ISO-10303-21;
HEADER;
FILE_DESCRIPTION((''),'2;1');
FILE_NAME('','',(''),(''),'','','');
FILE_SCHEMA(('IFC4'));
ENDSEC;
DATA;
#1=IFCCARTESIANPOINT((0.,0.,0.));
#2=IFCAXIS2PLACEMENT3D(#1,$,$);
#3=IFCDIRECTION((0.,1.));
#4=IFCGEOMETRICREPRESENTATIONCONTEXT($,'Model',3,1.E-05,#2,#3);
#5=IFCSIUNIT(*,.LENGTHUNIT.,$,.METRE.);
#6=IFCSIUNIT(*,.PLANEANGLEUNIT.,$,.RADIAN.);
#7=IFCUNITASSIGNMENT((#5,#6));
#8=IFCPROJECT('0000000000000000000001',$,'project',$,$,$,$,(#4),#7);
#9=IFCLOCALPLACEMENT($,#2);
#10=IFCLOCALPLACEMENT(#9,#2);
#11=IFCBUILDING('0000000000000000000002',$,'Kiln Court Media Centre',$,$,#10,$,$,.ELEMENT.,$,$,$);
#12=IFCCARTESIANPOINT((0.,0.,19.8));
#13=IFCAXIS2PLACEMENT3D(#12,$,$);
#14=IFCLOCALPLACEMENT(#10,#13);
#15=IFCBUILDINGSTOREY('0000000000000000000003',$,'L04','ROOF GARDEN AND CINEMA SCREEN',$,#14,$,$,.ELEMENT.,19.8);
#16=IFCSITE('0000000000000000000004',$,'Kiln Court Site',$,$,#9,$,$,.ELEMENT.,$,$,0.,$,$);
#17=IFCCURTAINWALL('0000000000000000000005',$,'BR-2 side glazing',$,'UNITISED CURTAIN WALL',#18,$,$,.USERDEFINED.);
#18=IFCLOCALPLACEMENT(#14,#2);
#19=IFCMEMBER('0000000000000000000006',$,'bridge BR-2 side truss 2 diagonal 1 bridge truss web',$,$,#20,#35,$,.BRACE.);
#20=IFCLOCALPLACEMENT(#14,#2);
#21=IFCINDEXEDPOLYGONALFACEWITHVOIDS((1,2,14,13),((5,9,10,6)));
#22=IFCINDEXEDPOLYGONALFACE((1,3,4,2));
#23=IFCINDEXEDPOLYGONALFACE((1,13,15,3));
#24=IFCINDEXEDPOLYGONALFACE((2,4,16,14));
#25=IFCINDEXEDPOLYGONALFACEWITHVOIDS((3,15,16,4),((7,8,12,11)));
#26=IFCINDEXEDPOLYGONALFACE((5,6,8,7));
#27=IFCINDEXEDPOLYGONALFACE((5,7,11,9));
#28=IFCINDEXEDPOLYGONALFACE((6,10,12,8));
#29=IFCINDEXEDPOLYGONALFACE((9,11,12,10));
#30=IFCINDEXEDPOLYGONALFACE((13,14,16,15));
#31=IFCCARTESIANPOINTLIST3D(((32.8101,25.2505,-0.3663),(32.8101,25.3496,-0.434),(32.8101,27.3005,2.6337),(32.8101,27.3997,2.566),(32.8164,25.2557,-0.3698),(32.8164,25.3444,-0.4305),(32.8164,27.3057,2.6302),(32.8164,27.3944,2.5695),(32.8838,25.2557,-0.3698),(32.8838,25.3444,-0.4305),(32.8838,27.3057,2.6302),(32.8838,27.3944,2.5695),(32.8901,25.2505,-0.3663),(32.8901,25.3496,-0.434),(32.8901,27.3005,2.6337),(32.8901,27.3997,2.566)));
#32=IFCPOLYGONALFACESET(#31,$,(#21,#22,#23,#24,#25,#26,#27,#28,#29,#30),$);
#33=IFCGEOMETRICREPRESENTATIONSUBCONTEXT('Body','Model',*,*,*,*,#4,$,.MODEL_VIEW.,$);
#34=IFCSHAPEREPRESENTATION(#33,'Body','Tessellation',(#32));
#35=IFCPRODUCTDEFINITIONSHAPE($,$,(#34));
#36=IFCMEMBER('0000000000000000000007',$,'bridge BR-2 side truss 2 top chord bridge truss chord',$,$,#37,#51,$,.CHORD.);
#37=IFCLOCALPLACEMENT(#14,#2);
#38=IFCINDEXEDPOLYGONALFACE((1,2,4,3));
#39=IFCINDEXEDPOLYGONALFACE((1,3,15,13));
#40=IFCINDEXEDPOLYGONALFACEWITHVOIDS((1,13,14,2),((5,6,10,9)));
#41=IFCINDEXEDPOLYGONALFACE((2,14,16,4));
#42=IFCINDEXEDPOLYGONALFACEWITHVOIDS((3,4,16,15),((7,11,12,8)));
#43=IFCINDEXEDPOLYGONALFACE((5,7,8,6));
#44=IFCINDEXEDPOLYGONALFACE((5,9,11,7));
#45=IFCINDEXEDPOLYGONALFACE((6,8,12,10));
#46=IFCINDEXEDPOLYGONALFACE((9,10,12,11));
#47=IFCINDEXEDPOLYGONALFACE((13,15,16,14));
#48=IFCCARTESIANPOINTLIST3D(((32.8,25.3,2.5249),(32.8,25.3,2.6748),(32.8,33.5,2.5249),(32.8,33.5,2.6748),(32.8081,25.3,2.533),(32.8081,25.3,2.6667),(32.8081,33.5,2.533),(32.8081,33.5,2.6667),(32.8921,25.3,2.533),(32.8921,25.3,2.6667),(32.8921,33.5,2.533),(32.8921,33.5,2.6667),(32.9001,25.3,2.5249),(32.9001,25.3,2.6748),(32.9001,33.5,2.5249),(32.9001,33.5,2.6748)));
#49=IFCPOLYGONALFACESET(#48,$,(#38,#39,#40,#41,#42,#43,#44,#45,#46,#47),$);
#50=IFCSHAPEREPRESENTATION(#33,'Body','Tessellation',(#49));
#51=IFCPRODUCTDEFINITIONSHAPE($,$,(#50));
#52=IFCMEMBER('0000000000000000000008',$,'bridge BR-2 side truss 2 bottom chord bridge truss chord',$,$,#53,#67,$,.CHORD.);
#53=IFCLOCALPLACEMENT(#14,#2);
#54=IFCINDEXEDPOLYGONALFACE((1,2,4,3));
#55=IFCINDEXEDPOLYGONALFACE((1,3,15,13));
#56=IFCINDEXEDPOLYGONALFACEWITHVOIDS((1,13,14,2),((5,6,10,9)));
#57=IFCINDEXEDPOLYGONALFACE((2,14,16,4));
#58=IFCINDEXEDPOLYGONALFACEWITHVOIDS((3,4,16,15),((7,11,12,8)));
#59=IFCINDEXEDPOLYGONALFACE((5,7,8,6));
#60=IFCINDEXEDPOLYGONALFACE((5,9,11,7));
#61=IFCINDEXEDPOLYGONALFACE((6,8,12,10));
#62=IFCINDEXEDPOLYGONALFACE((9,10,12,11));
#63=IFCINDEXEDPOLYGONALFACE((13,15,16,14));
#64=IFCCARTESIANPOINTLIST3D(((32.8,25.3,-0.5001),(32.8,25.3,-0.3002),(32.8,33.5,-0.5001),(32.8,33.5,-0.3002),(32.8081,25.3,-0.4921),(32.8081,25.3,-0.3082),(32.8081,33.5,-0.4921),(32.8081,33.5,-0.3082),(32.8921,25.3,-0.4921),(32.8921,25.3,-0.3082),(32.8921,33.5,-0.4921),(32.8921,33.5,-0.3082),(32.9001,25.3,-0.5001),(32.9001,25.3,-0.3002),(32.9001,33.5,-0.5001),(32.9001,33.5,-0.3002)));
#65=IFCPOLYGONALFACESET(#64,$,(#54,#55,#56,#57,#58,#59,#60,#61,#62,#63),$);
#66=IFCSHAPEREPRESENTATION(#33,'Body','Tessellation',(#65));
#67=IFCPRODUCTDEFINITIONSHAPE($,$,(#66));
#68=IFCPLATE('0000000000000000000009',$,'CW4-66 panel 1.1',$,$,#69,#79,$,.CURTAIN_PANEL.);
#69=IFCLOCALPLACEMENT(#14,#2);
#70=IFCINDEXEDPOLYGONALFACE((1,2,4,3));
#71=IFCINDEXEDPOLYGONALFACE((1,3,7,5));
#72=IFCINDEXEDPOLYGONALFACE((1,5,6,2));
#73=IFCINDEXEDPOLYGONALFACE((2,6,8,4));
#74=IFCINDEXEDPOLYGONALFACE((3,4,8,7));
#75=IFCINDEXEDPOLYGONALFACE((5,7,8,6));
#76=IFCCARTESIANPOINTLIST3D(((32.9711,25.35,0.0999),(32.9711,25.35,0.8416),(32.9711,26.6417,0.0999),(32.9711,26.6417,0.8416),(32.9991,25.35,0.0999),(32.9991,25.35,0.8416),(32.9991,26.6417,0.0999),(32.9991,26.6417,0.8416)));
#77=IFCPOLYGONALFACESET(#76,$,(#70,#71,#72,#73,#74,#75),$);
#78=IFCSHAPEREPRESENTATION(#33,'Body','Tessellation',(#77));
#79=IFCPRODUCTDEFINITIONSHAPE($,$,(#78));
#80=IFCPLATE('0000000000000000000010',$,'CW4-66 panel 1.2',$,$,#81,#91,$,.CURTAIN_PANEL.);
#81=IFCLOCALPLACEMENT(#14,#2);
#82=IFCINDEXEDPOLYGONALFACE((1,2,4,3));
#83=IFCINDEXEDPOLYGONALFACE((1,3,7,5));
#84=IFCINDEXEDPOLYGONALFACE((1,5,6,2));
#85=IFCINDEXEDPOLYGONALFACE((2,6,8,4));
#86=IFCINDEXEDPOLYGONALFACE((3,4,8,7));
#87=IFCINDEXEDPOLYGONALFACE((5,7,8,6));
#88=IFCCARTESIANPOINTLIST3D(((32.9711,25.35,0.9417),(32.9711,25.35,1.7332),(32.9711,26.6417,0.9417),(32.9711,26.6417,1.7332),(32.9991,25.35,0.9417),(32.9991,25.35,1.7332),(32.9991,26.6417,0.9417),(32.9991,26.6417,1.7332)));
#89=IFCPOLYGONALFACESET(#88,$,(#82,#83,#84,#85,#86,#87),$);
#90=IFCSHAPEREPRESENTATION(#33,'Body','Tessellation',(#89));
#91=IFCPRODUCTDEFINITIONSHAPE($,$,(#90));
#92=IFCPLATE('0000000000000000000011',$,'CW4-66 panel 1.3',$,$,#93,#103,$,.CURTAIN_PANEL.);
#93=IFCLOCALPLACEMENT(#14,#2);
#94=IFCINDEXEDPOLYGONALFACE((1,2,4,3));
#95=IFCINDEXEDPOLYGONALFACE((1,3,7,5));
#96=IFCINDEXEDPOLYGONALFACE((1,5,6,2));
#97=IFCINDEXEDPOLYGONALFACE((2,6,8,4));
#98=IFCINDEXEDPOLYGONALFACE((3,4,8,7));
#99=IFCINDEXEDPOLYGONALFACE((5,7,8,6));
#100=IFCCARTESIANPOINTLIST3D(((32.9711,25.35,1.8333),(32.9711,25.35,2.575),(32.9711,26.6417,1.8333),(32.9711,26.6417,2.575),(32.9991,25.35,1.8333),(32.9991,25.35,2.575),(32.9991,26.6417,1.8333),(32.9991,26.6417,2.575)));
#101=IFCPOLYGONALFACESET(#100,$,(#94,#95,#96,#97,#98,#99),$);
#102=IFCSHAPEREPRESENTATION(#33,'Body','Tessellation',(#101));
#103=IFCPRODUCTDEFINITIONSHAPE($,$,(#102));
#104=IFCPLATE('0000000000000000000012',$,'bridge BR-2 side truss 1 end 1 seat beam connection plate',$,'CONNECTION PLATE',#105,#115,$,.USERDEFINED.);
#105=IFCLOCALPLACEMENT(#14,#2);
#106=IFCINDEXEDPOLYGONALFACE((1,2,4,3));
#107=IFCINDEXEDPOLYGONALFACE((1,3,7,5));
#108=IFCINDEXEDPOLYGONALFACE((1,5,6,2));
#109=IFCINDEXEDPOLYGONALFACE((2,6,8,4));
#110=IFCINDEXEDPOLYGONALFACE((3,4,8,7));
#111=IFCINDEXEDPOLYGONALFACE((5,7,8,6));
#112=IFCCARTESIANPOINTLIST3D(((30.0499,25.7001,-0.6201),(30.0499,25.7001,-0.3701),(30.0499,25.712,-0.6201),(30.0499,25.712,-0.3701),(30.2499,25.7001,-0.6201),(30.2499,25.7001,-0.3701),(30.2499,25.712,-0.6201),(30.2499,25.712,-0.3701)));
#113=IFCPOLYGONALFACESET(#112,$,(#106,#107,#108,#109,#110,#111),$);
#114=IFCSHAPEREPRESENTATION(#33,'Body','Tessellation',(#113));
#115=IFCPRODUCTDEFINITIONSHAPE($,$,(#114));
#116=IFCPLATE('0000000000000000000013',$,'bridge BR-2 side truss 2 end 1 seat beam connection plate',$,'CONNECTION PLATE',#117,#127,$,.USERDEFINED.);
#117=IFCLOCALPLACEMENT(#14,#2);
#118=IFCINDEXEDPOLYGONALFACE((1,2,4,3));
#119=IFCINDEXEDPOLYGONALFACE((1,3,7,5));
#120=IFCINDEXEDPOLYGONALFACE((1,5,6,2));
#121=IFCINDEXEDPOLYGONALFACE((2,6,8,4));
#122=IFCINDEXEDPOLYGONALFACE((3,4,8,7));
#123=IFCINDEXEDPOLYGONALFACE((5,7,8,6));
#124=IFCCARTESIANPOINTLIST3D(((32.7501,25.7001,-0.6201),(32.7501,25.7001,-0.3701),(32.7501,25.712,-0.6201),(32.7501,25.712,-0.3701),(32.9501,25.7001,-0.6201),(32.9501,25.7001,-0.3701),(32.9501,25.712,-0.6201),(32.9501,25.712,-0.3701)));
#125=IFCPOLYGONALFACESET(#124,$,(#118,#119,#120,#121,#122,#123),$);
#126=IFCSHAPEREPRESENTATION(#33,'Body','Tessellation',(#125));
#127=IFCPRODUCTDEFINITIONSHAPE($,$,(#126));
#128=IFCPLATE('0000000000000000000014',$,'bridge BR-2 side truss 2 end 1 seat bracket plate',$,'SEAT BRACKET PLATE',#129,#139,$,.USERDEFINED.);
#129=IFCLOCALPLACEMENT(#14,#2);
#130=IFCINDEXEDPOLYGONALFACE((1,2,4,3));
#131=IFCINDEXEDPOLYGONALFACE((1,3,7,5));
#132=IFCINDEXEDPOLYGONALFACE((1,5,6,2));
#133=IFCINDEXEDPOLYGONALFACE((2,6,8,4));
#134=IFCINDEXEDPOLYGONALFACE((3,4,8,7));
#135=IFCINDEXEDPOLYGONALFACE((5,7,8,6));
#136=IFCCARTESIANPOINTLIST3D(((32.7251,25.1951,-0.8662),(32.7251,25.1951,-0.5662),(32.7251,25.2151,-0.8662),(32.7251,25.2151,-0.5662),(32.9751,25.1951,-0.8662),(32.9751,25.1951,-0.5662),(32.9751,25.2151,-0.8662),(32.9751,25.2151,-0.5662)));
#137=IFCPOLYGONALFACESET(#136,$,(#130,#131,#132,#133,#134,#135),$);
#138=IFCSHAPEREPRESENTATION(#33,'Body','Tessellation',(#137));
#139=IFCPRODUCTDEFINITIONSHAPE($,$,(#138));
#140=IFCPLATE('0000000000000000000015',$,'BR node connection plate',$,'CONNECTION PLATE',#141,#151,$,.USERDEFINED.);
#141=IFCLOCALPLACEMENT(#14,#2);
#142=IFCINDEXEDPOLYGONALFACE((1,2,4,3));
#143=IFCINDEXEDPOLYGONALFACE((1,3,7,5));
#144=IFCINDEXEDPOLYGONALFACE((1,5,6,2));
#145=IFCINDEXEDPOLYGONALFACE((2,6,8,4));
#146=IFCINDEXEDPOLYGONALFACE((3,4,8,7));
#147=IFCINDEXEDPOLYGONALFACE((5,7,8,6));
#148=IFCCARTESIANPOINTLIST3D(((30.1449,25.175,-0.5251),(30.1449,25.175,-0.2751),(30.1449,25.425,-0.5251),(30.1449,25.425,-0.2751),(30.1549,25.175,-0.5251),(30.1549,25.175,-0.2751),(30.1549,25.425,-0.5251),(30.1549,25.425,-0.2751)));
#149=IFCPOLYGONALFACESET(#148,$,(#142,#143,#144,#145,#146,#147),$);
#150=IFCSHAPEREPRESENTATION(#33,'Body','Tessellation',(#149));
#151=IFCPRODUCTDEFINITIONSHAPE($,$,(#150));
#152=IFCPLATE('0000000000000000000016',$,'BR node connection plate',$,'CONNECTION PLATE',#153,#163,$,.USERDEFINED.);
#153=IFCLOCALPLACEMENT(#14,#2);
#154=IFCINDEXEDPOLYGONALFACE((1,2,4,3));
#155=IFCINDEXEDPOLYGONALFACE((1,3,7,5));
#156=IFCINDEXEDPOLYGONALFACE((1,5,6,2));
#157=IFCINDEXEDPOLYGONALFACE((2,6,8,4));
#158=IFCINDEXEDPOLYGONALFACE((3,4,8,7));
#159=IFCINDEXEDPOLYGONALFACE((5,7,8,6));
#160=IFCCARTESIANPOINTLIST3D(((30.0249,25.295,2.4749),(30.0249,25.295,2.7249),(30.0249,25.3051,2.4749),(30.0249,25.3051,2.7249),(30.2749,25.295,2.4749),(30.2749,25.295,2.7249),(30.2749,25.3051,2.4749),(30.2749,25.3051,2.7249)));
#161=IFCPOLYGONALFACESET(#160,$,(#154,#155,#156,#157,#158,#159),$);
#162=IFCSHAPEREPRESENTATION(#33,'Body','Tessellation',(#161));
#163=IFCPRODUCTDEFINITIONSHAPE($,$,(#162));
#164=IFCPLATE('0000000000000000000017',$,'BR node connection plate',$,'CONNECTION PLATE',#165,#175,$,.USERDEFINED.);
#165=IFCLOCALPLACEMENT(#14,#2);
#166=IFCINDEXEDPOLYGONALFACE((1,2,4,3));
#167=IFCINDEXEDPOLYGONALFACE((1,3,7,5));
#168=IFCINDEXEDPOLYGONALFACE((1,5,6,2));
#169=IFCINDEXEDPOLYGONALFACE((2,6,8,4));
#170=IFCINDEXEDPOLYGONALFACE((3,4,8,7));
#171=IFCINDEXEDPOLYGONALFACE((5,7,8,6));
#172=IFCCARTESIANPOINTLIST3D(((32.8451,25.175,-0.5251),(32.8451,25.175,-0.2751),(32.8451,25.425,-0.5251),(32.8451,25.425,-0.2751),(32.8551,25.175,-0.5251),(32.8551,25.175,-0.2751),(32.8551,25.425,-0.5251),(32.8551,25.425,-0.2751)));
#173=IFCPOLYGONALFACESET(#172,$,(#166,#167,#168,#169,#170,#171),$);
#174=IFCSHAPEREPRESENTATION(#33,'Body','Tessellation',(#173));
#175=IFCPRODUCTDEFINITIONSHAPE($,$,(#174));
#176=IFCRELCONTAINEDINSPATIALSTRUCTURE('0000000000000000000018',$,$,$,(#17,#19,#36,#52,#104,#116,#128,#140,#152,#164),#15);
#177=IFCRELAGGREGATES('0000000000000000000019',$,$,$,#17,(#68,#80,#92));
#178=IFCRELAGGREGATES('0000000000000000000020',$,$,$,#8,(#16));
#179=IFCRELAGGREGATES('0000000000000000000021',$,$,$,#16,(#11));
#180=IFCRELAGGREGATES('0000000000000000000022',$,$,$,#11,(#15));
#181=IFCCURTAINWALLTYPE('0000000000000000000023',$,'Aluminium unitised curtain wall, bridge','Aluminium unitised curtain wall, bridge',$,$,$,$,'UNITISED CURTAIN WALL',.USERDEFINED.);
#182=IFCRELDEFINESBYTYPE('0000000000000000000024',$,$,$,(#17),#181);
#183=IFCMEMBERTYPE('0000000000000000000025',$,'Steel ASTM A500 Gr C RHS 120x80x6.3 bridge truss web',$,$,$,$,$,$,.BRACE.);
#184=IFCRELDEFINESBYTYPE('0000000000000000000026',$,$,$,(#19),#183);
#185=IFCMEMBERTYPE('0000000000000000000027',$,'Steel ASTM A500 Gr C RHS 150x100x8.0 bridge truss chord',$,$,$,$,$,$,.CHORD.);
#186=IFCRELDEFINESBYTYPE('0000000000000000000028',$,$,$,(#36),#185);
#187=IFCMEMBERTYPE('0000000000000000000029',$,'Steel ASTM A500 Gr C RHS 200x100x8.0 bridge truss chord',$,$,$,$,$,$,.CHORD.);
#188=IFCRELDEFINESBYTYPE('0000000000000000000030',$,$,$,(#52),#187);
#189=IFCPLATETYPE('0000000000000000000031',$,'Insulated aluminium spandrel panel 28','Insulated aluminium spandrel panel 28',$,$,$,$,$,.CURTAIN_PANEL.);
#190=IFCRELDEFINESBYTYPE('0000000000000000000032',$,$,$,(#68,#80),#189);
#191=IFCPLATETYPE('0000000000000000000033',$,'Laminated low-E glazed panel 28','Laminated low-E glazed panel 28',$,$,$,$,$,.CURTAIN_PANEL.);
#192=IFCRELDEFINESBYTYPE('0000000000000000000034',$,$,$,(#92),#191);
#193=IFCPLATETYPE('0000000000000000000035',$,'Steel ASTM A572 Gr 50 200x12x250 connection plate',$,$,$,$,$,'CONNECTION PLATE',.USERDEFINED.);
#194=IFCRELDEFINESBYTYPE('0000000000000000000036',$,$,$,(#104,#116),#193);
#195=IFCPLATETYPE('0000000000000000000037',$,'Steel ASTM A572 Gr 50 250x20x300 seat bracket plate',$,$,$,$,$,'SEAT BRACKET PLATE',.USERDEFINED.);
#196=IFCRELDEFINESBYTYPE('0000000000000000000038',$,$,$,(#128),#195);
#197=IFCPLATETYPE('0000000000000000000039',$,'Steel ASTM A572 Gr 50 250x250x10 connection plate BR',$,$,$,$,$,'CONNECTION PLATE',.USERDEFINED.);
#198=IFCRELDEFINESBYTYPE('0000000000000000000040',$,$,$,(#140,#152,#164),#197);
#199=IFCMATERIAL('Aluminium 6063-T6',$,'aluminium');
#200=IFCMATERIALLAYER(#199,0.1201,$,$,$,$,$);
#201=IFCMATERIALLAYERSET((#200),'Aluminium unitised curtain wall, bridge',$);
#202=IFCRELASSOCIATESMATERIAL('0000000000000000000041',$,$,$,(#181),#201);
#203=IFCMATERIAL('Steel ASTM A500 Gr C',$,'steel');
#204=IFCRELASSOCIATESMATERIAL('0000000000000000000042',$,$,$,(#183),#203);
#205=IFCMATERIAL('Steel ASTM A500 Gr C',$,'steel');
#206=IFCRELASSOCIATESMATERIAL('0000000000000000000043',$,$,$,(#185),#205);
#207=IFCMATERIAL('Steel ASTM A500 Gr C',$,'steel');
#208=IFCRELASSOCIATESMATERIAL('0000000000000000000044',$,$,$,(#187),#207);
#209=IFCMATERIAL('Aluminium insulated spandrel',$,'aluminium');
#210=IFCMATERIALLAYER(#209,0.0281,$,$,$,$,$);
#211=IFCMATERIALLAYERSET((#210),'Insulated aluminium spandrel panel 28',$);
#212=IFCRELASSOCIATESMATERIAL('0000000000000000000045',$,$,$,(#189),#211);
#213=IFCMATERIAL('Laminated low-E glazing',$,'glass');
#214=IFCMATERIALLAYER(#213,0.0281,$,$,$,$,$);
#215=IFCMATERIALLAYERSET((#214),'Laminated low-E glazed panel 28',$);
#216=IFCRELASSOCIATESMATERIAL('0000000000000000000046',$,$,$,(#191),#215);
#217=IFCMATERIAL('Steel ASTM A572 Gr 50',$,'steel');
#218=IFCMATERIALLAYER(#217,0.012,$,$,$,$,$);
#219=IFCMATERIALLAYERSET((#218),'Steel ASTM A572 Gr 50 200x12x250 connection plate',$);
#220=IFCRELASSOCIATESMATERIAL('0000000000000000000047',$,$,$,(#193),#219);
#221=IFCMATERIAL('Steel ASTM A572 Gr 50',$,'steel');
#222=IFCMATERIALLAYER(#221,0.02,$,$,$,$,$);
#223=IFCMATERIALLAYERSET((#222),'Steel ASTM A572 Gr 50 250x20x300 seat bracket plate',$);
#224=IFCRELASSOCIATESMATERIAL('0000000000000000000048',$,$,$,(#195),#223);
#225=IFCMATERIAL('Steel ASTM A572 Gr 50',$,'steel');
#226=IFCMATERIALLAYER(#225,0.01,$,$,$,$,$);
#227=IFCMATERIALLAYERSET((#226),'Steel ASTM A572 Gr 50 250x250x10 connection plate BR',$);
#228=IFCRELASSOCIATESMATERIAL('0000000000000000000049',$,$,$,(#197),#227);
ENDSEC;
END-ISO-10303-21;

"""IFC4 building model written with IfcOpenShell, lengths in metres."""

from ifc_helpers import new_model, si_unit, direction, frame, origin, origin_2d, place, context, subcontext, project, spatial, rectangle, hollow_rectangle, extrude, material, layer, layer_set, material_profile, profile_set, type_object, element, aggregate, save


model = new_model("IFC4")

# Units and contexts
model_context = context("Model", 3, precision=1e-05, world=origin(), true_north=direction((0.0, 1.0)))
body_context = subcontext(model_context, "Body", "Model", "MODEL_VIEW")
ifc_project = project(units=[si_unit("LENGTHUNIT", "METRE"), si_unit("PLANEANGLEUNIT", "RADIAN")], contexts=[model_context])

# Site, building, storey
site_placement = place(None, origin())
site = spatial("IfcSite", under=ifc_project, at=site_placement, Name="Kiln Court Site", CompositionType="ELEMENT", RefElevation=0.0)
building_placement = place(site_placement, origin())
building = spatial("IfcBuilding", under=site, at=building_placement, Name="Kiln Court Media Centre", CompositionType="ELEMENT")
storey_placement = place(building_placement, frame((0.0, 0.0, 19.8)))
storey = spatial("IfcBuildingStorey", under=building, at=storey_placement, Name="L04", Description="ROOF GARDEN AND CINEMA SCREEN", CompositionType="ELEMENT", Elevation=19.8)

# Curtain wall
ifc_material_1 = material(Name="Aluminium 6063-T6", Category="aluminium")
ifc_layer_1 = layer(ifc_material_1, 0.1201)
ifc_layer_set_1 = layer_set([ifc_layer_1], Name="Aluminium unitised curtain wall, bridge")
curtain_wall_type_1 = type_object("IfcCurtainWallType", Name="Aluminium unitised curtain wall, bridge", Description="Aluminium unitised curtain wall, bridge", ElementType="UNITISED CURTAIN WALL", PredefinedType="USERDEFINED", material=ifc_layer_set_1)
curtain_wall_1_placement = place(storey_placement, origin())
curtain_wall_1 = element("IfcCurtainWall", 1, at=curtain_wall_1_placement, inside=storey, type_object=curtain_wall_type_1, Name="BR-2 side glazing", ObjectType="UNITISED CURTAIN WALL", PredefinedType="USERDEFINED")

# Members
ifc_material_2 = material(Name="Steel ASTM A500 Gr C", Category="steel")
ifc_material_profile_1 = material_profile(ifc_material_2, hollow_rectangle(XDim=0.0801, YDim=0.1201, WallThickness=0.0063, at=origin_2d()), Name="RHS 120x80x6.3")
ifc_profile_set_1 = profile_set([ifc_material_profile_1], Name="Steel ASTM A500 Gr C")
member_type_1 = type_object("IfcMemberType", Name="Steel ASTM A500 Gr C RHS 120x80x6.3 bridge truss web", PredefinedType="BRACE", material=ifc_profile_set_1)
member_1_placement = place(storey_placement, frame((32.8501, 25.3, -0.4001), z_axis=(0.0, 0.5642, 0.825638), x_axis=(-1.0, 0.0, 0.0)))
element("IfcMember", 2, at=member_1_placement, inside=storey, type_object=member_type_1, Name="bridge BR-2 side truss 2 diagonal 1 bridge truss web", PredefinedType="BRACE", context=body_context, shape_type="SweptSolid", body=[
    extrude(hollow_rectangle(XDim=0.0801, YDim=0.1201, WallThickness=0.0063, at=origin_2d()), origin(), (0.0, 0.0, 1.0), 3.6335),
])
ifc_material_3 = material(Name="Steel ASTM A500 Gr C", Category="steel")
ifc_material_profile_2 = material_profile(ifc_material_3, hollow_rectangle(XDim=0.1001, YDim=0.1499, WallThickness=0.0081, at=origin_2d()), Name="RHS 150x100x8.0")
ifc_profile_set_2 = profile_set([ifc_material_profile_2], Name="Steel ASTM A500 Gr C")
member_type_2 = type_object("IfcMemberType", Name="Steel ASTM A500 Gr C RHS 150x100x8.0 bridge truss chord", PredefinedType="CHORD", material=ifc_profile_set_2)
member_2_placement = place(storey_placement, frame((32.8501, 25.3, 2.5999), z_axis=(0.0, 1.0, 0.0), x_axis=(-1.0, 0.0, 0.0)))
element("IfcMember", 3, at=member_2_placement, inside=storey, type_object=member_type_2, Name="bridge BR-2 side truss 2 top chord bridge truss chord", PredefinedType="CHORD", context=body_context, shape_type="SweptSolid", body=[
    extrude(hollow_rectangle(XDim=0.1001, YDim=0.1499, WallThickness=0.0081, at=origin_2d()), origin(), (0.0, 0.0, 1.0), 8.2),
])
ifc_material_4 = material(Name="Steel ASTM A500 Gr C", Category="steel")
ifc_material_profile_3 = material_profile(ifc_material_4, hollow_rectangle(XDim=0.1001, YDim=0.2, WallThickness=0.0081, at=origin_2d()), Name="RHS 200x100x8.0")
ifc_profile_set_3 = profile_set([ifc_material_profile_3], Name="Steel ASTM A500 Gr C")
member_type_3 = type_object("IfcMemberType", Name="Steel ASTM A500 Gr C RHS 200x100x8.0 bridge truss chord", PredefinedType="CHORD", material=ifc_profile_set_3)
member_3_placement = place(storey_placement, frame((32.8501, 25.3, -0.4001), z_axis=(0.0, 1.0, 0.0), x_axis=(-1.0, 0.0, 0.0)))
element("IfcMember", 4, at=member_3_placement, inside=storey, type_object=member_type_3, Name="bridge BR-2 side truss 2 bottom chord bridge truss chord", PredefinedType="CHORD", context=body_context, shape_type="SweptSolid", body=[
    extrude(hollow_rectangle(XDim=0.1001, YDim=0.2, WallThickness=0.0081, at=origin_2d()), origin(), (0.0, 0.0, 1.0), 8.2),
])

# Plates
ifc_material_5 = material(Name="Aluminium insulated spandrel", Category="aluminium")
ifc_layer_2 = layer(ifc_material_5, 0.0281)
ifc_layer_set_2 = layer_set([ifc_layer_2], Name="Insulated aluminium spandrel panel 28")
plate_type_1 = type_object("IfcPlateType", Name="Insulated aluminium spandrel panel 28", Description="Insulated aluminium spandrel panel 28", PredefinedType="CURTAIN_PANEL", material=ifc_layer_set_2)
plate_1_placement = place(storey_placement, frame((32.9851, 25.9958, 0.0999), z_axis=(0.0, 0.0, 1.0), x_axis=(0.0, 1.0, 0.0)))
plate_1 = element("IfcPlate", 5, at=plate_1_placement, type_object=plate_type_1, Name="CW4-66 panel 1.1", PredefinedType="CURTAIN_PANEL", context=body_context, shape_type="SweptSolid", body=[
    extrude(rectangle(XDim=1.2917, YDim=0.0281, at=origin_2d()), origin(), (0.0, 0.0, 1.0), 0.7417),
])
plate_2_placement = place(storey_placement, frame((32.9851, 25.9958, 0.9417), z_axis=(0.0, 0.0, 1.0), x_axis=(0.0, 1.0, 0.0)))
plate_2 = element("IfcPlate", 6, at=plate_2_placement, type_object=plate_type_1, Name="CW4-66 panel 1.2", PredefinedType="CURTAIN_PANEL", context=body_context, shape_type="SweptSolid", body=[
    extrude(rectangle(XDim=1.2917, YDim=0.0281, at=origin_2d()), origin(), (0.0, 0.0, 1.0), 0.7915),
])
ifc_material_6 = material(Name="Laminated low-E glazing", Category="glass")
ifc_layer_3 = layer(ifc_material_6, 0.0281)
ifc_layer_set_3 = layer_set([ifc_layer_3], Name="Laminated low-E glazed panel 28")
plate_type_2 = type_object("IfcPlateType", Name="Laminated low-E glazed panel 28", Description="Laminated low-E glazed panel 28", PredefinedType="CURTAIN_PANEL", material=ifc_layer_set_3)
plate_3_placement = place(storey_placement, frame((32.9851, 25.9958, 1.8333), z_axis=(0.0, 0.0, 1.0), x_axis=(0.0, 1.0, 0.0)))
plate_3 = element("IfcPlate", 7, at=plate_3_placement, type_object=plate_type_2, Name="CW4-66 panel 1.3", PredefinedType="CURTAIN_PANEL", context=body_context, shape_type="SweptSolid", body=[
    extrude(rectangle(XDim=1.2917, YDim=0.0281, at=origin_2d()), origin(), (0.0, 0.0, 1.0), 0.7417),
])
aggregate(curtain_wall_1, [plate_1, plate_2, plate_3])

# Plates
ifc_material_7 = material(Name="Steel ASTM A572 Gr 50", Category="steel")
ifc_layer_4 = layer(ifc_material_7, 0.012)
ifc_layer_set_4 = layer_set([ifc_layer_4], Name="Steel ASTM A572 Gr 50 200x12x250 connection plate")
plate_type_3 = type_object("IfcPlateType", Name="Steel ASTM A572 Gr 50 200x12x250 connection plate", ElementType="CONNECTION PLATE", PredefinedType="USERDEFINED", material=ifc_layer_set_4)
for number, where, z_axis, x_axis, name in (
    (8, (30.1499, 25.7061, -0.6201), (0.0, 0.0, 1.0), (1.0, 0.0, 0.0), "bridge BR-2 side truss 1 end 1 seat beam connection plate"),
    (9, (32.8501, 25.7061, -0.6201), (0.0, 0.0, 1.0), (1.0, 0.0, 0.0), "bridge BR-2 side truss 2 end 1 seat beam connection plate"),
):
    element("IfcPlate", number, at=place(storey_placement, frame(where, z_axis=z_axis, x_axis=x_axis)), inside=storey, type_object=plate_type_3, Name=name, ObjectType="CONNECTION PLATE", PredefinedType="USERDEFINED", context=body_context, shape_type="SweptSolid", body=[
        extrude(rectangle(XDim=0.2, YDim=0.012, at=origin_2d()), origin(), (0.0, 0.0, 1.0), 0.25),
    ])
ifc_material_8 = material(Name="Steel ASTM A572 Gr 50", Category="steel")
ifc_layer_5 = layer(ifc_material_8, 0.02)
ifc_layer_set_5 = layer_set([ifc_layer_5], Name="Steel ASTM A572 Gr 50 250x20x300 seat bracket plate")
plate_type_4 = type_object("IfcPlateType", Name="Steel ASTM A572 Gr 50 250x20x300 seat bracket plate", ElementType="SEAT BRACKET PLATE", PredefinedType="USERDEFINED", material=ifc_layer_set_5)
plate_4_placement = place(storey_placement, frame((32.8501, 25.2051, -0.8662), z_axis=(0.0, 0.0, 1.0), x_axis=(1.0, 0.0, 0.0)))
element("IfcPlate", 10, at=plate_4_placement, inside=storey, type_object=plate_type_4, Name="bridge BR-2 side truss 2 end 1 seat bracket plate", ObjectType="SEAT BRACKET PLATE", PredefinedType="USERDEFINED", context=body_context, shape_type="SweptSolid", body=[
    extrude(rectangle(XDim=0.25, YDim=0.02, at=origin_2d()), origin(), (0.0, 0.0, 1.0), 0.3),
])
ifc_material_9 = material(Name="Steel ASTM A572 Gr 50", Category="steel")
ifc_layer_6 = layer(ifc_material_9, 0.01)
ifc_layer_set_6 = layer_set([ifc_layer_6], Name="Steel ASTM A572 Gr 50 250x250x10 connection plate BR")
plate_type_5 = type_object("IfcPlateType", Name="Steel ASTM A572 Gr 50 250x250x10 connection plate BR", ElementType="CONNECTION PLATE", PredefinedType="USERDEFINED", material=ifc_layer_set_6)
plate_5_placement = place(storey_placement, frame((30.1499, 25.3, -0.5251), z_axis=(0.0, 0.0, 1.0), x_axis=(1.0, 0.0, 0.0)))
element("IfcPlate", 11, at=plate_5_placement, inside=storey, type_object=plate_type_5, Name="BR node connection plate", ObjectType="CONNECTION PLATE", PredefinedType="USERDEFINED", context=body_context, shape_type="SweptSolid", body=[
    extrude(rectangle(XDim=0.01, YDim=0.25, at=origin_2d()), origin(), (0.0, 0.0, 1.0), 0.25),
])
plate_6_placement = place(storey_placement, frame((30.1499, 25.3, 2.4749), z_axis=(0.0, 0.0, 1.0), x_axis=(1.0, 0.0, 0.0)))
element("IfcPlate", 12, at=plate_6_placement, inside=storey, type_object=plate_type_5, Name="BR node connection plate", ObjectType="CONNECTION PLATE", PredefinedType="USERDEFINED", context=body_context, shape_type="SweptSolid", body=[
    extrude(rectangle(XDim=0.25, YDim=0.01, at=origin_2d()), origin(), (0.0, 0.0, 1.0), 0.25),
])
plate_7_placement = place(storey_placement, frame((32.8501, 25.3, -0.5251), z_axis=(0.0, 0.0, 1.0), x_axis=(1.0, 0.0, 0.0)))
element("IfcPlate", 13, at=plate_7_placement, inside=storey, type_object=plate_type_5, Name="BR node connection plate", ObjectType="CONNECTION PLATE", PredefinedType="USERDEFINED", context=body_context, shape_type="SweptSolid", body=[
    extrude(rectangle(XDim=0.01, YDim=0.25, at=origin_2d()), origin(), (0.0, 0.0, 1.0), 0.25),
])

save(model, "model.ifc")
